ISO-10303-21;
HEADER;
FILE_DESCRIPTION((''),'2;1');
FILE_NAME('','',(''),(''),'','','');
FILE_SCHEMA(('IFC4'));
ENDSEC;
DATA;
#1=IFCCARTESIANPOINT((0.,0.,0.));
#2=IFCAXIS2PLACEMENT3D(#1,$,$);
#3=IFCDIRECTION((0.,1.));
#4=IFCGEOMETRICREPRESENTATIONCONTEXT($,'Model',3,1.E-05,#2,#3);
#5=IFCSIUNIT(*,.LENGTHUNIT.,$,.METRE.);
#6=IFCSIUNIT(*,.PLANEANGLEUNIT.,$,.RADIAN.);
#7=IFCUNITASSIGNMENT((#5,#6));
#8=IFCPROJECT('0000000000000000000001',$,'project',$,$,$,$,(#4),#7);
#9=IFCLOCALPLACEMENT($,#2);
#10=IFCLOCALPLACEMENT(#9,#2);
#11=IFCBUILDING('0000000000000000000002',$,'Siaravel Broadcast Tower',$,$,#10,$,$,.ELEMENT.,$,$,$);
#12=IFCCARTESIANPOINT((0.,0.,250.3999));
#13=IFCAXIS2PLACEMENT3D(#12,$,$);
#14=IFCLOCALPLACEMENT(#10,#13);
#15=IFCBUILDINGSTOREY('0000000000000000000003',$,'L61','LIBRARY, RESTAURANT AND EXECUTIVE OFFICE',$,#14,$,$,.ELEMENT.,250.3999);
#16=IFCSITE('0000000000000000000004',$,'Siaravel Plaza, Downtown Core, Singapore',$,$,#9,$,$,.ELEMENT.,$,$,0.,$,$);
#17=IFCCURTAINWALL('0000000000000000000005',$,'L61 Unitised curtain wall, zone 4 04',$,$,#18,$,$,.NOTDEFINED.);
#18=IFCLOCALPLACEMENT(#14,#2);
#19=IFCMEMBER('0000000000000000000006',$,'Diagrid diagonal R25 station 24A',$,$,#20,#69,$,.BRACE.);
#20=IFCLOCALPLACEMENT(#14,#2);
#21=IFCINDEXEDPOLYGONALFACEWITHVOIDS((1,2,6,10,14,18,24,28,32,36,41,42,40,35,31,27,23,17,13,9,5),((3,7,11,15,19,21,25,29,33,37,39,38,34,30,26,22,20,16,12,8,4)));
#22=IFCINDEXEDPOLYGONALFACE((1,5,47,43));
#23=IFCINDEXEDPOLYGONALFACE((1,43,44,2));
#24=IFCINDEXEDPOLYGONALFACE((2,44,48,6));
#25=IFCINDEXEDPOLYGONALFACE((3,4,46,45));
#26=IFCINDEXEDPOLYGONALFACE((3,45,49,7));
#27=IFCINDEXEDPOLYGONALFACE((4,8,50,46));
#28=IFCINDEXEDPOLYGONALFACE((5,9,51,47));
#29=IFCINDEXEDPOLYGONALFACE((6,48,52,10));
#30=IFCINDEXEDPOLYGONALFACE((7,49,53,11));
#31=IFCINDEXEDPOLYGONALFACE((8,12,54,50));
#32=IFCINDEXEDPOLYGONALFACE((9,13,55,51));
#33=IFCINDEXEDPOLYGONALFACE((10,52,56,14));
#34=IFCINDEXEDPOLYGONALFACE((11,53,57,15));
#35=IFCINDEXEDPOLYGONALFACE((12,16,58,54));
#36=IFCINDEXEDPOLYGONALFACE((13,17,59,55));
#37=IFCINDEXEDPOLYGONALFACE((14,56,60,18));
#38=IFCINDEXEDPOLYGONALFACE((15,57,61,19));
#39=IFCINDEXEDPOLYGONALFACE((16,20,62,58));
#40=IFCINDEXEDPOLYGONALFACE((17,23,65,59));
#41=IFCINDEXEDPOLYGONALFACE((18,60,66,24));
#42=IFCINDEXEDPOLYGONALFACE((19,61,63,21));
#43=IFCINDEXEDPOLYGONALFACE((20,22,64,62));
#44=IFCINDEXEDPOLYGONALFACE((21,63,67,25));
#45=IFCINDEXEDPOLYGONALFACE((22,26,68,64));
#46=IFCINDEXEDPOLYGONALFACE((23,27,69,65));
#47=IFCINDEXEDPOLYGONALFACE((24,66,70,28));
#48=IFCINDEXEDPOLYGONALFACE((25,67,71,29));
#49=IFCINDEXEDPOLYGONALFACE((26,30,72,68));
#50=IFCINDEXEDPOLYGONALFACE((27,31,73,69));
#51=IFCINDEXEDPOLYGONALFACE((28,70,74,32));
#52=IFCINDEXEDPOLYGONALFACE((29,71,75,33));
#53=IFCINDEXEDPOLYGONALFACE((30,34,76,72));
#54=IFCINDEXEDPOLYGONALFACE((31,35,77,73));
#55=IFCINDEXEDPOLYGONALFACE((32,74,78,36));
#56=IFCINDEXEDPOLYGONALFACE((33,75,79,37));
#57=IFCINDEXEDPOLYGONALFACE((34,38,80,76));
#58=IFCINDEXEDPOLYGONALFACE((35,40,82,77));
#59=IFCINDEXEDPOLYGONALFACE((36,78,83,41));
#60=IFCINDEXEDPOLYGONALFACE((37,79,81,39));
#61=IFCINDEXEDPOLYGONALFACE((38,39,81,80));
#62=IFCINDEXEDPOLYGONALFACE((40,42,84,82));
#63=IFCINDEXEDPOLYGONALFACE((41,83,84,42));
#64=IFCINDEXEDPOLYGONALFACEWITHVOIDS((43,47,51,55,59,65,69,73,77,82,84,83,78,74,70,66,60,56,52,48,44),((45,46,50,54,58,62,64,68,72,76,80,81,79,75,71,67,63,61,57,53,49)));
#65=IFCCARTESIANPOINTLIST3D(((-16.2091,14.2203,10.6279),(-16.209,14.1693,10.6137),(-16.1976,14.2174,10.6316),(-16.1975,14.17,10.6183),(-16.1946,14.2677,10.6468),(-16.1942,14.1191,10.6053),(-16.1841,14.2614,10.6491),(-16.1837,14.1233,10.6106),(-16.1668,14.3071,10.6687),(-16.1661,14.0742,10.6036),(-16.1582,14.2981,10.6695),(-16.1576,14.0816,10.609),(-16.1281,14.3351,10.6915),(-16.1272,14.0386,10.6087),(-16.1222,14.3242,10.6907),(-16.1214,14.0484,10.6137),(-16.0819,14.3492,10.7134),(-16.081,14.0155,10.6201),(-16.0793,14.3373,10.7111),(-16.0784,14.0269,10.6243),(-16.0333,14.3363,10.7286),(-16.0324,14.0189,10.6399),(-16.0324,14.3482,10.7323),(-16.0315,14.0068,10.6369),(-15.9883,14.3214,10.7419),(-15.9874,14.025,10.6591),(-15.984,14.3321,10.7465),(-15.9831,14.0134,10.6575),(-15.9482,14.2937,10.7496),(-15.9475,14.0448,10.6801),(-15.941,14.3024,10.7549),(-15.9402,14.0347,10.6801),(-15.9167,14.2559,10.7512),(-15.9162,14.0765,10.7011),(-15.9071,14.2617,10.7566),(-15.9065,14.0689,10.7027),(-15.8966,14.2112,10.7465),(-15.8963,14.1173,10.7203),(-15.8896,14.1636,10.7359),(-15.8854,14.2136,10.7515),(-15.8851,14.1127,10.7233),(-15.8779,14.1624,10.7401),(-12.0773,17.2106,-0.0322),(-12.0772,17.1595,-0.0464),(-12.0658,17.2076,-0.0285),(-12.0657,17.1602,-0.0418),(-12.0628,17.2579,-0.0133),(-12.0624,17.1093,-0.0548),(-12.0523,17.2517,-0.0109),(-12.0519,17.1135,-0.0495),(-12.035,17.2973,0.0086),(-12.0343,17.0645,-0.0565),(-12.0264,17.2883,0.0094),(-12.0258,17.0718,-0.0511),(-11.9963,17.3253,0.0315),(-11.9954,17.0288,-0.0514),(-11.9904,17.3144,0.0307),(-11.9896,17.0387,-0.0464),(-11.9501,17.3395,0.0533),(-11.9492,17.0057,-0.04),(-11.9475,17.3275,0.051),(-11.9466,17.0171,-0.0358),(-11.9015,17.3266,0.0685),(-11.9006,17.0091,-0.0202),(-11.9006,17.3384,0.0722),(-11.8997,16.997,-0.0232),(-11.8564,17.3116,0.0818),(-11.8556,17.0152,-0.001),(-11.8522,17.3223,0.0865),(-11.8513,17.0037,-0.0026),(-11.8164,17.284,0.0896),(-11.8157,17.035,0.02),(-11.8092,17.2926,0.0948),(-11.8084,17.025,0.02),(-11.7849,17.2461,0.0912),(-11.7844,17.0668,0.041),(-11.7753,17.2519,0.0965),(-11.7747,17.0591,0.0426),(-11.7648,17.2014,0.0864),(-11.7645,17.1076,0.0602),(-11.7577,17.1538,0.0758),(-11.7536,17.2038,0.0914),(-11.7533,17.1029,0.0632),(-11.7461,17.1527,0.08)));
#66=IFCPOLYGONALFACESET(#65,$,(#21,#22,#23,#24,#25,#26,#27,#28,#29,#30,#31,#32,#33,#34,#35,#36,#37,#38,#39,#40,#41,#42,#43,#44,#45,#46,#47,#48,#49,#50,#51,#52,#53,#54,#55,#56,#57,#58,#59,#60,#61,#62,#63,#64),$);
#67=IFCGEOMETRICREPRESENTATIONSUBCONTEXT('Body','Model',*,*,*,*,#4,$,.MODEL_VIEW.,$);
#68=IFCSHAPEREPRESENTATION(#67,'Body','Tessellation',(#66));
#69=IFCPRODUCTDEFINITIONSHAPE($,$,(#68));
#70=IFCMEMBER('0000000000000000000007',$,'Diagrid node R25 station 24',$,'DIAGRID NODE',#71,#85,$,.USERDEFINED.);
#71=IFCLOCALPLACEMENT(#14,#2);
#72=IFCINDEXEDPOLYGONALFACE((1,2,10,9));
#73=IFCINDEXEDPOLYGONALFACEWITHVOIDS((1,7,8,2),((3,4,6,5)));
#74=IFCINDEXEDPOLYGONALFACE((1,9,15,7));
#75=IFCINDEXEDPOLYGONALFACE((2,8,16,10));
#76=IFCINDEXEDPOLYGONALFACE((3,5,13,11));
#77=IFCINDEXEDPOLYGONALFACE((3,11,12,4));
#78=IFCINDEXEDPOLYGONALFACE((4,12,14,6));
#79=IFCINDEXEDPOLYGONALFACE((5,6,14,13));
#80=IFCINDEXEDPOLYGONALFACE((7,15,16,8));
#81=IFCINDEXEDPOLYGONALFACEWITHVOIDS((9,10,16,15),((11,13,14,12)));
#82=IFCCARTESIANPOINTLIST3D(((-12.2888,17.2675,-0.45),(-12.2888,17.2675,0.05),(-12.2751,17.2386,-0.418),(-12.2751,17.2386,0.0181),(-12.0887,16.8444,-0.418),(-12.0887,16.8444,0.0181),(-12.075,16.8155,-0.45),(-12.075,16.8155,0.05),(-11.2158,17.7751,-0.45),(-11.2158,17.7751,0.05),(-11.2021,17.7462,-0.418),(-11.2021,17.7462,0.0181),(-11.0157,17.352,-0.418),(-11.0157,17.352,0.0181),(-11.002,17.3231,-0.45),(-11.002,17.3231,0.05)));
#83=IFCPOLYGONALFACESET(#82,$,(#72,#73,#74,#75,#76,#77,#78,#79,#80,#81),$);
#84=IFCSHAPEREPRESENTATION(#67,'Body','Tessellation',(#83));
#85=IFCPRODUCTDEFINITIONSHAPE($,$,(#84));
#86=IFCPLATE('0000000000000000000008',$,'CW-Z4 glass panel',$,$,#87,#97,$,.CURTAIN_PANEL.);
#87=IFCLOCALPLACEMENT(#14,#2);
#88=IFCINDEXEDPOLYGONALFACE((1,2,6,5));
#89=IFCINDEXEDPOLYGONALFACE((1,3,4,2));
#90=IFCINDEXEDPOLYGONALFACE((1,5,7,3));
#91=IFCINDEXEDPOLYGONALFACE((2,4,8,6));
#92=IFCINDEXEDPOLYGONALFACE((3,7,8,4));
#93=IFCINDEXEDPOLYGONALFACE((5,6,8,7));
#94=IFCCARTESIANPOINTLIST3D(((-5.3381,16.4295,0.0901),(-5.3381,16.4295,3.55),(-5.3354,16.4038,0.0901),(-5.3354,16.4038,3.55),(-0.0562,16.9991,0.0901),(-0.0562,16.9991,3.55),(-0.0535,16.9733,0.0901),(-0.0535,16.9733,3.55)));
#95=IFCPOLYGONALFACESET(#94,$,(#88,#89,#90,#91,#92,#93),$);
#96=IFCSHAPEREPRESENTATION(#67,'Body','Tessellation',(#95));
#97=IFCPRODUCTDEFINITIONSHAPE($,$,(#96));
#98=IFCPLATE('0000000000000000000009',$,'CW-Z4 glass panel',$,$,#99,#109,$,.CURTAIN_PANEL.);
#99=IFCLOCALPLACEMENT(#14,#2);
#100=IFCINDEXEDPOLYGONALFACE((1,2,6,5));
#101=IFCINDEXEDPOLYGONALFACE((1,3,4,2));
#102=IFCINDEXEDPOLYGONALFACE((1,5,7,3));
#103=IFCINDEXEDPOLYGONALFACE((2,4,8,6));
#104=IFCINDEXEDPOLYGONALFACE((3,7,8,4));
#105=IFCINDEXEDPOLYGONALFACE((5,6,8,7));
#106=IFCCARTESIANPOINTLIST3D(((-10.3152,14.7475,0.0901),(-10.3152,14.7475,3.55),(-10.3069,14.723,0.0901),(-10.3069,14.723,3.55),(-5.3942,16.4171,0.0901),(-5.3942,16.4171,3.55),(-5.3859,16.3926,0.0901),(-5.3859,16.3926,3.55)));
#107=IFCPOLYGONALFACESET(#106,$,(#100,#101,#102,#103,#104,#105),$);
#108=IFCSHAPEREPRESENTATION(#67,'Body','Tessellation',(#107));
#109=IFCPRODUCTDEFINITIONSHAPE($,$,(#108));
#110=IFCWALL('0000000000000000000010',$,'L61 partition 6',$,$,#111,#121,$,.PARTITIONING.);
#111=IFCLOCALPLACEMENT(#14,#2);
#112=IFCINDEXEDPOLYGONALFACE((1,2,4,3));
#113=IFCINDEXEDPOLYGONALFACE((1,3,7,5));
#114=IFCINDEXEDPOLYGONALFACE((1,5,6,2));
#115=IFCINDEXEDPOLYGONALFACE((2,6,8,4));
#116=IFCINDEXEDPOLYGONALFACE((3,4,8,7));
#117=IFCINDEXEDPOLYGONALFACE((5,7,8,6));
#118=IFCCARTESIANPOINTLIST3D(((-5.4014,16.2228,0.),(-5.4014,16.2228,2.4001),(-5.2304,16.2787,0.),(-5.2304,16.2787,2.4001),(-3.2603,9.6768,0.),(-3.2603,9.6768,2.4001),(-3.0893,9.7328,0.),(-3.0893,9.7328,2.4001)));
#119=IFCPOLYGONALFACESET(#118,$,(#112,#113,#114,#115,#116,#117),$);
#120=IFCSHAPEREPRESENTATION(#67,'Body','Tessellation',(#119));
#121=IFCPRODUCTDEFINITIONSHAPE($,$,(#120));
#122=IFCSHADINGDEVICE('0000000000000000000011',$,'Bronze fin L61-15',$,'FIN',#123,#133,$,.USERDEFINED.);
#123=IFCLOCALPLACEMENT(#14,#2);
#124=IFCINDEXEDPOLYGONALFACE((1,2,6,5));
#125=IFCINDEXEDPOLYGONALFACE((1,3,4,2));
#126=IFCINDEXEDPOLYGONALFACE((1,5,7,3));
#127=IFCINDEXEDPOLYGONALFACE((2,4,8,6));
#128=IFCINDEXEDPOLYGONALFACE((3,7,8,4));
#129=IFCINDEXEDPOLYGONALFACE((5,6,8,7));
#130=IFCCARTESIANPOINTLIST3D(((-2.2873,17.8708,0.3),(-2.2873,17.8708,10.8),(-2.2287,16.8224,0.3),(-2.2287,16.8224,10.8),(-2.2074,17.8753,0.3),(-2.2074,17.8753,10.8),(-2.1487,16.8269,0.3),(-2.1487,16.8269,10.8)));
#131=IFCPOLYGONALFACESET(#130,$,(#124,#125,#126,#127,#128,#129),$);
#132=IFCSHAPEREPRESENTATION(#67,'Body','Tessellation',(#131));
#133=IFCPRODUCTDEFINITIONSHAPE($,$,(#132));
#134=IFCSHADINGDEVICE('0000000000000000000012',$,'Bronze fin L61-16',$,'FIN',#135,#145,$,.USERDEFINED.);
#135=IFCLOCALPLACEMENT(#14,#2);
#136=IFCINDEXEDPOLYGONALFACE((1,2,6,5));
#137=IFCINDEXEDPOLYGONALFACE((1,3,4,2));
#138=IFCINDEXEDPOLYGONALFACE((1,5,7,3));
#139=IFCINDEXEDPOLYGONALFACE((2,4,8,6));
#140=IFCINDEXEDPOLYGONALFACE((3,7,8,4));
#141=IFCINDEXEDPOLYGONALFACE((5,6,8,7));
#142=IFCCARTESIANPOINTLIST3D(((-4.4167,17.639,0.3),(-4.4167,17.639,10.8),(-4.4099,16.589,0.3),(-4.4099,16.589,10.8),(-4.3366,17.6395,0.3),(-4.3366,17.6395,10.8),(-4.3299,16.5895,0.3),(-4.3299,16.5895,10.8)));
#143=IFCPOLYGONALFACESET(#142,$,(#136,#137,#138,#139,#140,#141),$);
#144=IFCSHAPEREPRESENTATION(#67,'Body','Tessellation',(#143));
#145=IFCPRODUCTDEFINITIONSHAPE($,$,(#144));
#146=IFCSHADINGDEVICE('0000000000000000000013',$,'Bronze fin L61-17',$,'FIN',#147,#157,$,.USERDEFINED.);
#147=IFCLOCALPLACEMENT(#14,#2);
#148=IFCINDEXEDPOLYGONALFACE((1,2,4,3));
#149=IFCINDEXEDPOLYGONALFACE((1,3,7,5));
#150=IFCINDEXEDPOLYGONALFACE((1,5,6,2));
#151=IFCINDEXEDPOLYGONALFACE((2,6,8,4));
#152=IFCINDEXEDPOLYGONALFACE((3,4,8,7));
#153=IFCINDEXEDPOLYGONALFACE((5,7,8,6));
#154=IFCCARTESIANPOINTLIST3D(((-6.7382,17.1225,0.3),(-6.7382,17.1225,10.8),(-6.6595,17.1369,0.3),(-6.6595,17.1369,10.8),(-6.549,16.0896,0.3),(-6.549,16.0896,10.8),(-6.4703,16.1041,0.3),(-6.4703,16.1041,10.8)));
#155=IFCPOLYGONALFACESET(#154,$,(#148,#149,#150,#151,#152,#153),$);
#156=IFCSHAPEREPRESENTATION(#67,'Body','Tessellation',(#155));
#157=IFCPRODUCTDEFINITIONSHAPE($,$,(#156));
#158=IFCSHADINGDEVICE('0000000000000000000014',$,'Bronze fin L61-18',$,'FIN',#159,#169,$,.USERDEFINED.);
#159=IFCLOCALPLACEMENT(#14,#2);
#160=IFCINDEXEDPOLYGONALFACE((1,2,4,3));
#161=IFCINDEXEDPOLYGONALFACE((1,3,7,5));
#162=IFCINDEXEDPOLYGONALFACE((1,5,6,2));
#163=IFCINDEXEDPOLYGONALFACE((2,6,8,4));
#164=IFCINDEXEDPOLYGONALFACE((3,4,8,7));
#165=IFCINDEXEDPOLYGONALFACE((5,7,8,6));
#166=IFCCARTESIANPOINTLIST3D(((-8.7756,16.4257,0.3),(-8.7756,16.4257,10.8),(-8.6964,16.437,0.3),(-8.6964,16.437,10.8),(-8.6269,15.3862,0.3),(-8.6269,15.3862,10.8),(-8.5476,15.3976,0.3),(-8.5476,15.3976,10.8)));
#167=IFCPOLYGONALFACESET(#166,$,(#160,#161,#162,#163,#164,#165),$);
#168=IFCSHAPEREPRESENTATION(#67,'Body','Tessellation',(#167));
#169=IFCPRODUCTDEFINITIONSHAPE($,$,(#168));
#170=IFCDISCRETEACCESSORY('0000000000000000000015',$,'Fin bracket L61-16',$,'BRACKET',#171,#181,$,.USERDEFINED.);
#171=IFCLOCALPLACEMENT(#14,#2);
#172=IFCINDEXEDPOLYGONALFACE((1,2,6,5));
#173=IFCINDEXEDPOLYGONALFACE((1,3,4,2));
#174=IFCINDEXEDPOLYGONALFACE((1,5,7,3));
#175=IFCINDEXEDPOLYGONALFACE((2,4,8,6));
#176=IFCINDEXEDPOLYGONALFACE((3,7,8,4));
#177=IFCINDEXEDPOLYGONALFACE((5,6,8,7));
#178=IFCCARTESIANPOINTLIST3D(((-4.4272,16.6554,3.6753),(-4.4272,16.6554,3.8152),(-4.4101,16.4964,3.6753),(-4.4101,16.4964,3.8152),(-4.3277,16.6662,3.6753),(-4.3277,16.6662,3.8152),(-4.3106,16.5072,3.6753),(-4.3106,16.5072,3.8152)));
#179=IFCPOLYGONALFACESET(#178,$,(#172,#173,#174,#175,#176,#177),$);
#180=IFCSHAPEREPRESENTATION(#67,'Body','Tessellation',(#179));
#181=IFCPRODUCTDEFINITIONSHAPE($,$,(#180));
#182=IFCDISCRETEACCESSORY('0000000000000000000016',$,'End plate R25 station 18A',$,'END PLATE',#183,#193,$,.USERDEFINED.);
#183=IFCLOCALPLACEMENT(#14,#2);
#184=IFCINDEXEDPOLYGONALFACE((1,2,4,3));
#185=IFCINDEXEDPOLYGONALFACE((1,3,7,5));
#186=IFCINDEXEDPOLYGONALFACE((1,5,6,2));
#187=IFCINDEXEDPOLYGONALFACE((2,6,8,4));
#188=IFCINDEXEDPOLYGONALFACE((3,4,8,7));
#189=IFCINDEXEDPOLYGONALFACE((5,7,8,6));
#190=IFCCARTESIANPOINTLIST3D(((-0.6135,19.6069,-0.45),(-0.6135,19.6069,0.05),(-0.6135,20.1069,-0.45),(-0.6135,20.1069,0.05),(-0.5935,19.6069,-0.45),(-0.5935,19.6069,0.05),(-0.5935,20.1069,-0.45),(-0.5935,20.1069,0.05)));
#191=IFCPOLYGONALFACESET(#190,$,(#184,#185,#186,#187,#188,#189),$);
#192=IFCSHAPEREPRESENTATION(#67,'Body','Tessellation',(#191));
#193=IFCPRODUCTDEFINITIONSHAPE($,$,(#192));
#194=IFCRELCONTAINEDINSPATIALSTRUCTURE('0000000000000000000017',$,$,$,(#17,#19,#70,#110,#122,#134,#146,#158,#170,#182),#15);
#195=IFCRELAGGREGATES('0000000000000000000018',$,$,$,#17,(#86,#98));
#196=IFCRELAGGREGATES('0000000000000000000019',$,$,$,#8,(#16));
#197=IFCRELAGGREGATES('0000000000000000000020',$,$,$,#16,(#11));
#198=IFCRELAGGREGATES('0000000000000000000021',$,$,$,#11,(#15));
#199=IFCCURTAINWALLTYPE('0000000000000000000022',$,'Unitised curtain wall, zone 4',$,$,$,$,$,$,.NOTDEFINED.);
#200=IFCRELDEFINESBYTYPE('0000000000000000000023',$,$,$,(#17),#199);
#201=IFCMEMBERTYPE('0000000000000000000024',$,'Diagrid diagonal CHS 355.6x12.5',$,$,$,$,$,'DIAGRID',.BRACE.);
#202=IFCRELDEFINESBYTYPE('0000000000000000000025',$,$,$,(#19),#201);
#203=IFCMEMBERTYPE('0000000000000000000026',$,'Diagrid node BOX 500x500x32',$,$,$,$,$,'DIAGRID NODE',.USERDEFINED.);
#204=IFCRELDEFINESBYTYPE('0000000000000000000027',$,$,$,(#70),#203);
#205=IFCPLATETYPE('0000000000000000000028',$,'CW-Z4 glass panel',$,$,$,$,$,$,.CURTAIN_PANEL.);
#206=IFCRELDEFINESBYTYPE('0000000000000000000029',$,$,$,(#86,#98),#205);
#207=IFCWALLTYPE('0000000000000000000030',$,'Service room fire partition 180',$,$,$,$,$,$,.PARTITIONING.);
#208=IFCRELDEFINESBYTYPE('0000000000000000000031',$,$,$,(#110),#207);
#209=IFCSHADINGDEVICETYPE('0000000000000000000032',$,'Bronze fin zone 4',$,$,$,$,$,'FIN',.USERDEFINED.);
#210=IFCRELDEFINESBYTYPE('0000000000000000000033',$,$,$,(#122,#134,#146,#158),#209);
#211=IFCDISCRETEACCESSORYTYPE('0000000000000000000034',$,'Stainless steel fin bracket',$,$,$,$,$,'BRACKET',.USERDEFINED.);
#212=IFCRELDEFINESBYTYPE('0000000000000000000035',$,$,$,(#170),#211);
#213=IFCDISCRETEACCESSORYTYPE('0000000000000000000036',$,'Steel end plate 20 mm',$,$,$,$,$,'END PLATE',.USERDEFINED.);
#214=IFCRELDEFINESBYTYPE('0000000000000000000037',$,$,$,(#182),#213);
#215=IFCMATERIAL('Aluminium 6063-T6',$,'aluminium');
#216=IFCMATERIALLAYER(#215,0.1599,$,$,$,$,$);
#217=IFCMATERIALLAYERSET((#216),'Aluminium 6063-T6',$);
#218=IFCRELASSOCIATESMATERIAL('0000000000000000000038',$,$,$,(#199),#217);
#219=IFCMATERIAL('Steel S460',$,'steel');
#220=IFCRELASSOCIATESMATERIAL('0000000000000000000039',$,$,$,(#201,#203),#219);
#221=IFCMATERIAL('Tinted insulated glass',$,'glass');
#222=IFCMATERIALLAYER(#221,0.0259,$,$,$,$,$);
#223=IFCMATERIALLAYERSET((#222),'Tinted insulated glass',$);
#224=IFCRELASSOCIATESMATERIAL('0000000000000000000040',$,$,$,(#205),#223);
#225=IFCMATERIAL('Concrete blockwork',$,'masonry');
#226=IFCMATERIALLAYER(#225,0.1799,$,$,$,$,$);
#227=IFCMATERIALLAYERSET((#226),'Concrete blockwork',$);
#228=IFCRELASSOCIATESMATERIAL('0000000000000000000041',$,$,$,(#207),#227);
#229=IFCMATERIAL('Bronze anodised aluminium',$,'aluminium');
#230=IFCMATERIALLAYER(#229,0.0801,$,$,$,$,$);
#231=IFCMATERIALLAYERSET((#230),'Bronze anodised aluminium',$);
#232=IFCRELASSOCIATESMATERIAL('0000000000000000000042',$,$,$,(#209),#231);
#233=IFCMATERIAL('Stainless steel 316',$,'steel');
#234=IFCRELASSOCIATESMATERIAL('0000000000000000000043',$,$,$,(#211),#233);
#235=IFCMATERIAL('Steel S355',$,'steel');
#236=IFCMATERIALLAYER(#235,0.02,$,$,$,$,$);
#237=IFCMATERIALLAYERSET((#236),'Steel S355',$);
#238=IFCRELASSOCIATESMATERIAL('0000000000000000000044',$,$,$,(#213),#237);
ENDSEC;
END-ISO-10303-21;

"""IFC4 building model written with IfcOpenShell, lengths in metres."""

from ifc_helpers import new_model, si_unit, direction, frame, frame_2d, origin, origin_2d, place, context, subcontext, project, spatial, rectangle, hollow_rectangle, hollow_circle, extrude, material, layer, layer_set, material_profile, profile_set, type_object, element, aggregate, save


model = new_model("IFC4")

# Units and contexts
model_context = context("Model", 3, precision=1e-05, world=origin(), true_north=direction((0.0, 1.0)))
body_context = subcontext(model_context, "Body", "Model", "MODEL_VIEW")
ifc_project = project(units=[si_unit("LENGTHUNIT", "METRE"), si_unit("PLANEANGLEUNIT", "RADIAN")], contexts=[model_context])

# Site, building, storey
site_placement = place(None, origin())
site = spatial("IfcSite", under=ifc_project, at=site_placement, Name="Siaravel Plaza, Downtown Core, Singapore", CompositionType="ELEMENT", RefElevation=0.0)
building_placement = place(site_placement, origin())
building = spatial("IfcBuilding", under=site, at=building_placement, Name="Siaravel Broadcast Tower", CompositionType="ELEMENT")
storey_placement = place(building_placement, frame((0.0, 0.0, 250.3999)))
storey = spatial("IfcBuildingStorey", under=building, at=storey_placement, Name="L61", Description="LIBRARY, RESTAURANT AND EXECUTIVE OFFICE", CompositionType="ELEMENT", Elevation=250.3999)

# Shared definitions
ifc_material_1 = material(Name="Steel S355", Category="steel")

# Curtain wall
ifc_material_2 = material(Name="Aluminium 6063-T6", Category="aluminium")
ifc_layer_1 = layer(ifc_material_2, 0.1599)
ifc_layer_set_1 = layer_set([ifc_layer_1], Name="Aluminium 6063-T6")
curtain_wall_type = type_object("IfcCurtainWallType", Name="Unitised curtain wall, zone 4", PredefinedType="NOTDEFINED", material=ifc_layer_set_1)
curtain_wall_placement = place(storey_placement, origin())
curtain_wall = element("IfcCurtainWall", 1, at=curtain_wall_placement, inside=storey, type_object=curtain_wall_type, Name="L61 Unitised curtain wall, zone 4 04", PredefinedType="NOTDEFINED")

# Members
ifc_material_3 = material(Name="Steel S460", Category="steel")
ifc_material_profile_1 = material_profile(ifc_material_3, hollow_circle(Radius=0.1777, WallThickness=0.0125, at=origin_2d()))
ifc_profile_set_1 = profile_set([ifc_material_profile_1], Name="Steel S460")
member_type_1 = type_object("IfcMemberType", Name="Diagrid diagonal CHS 355.6x12.5", ElementType="DIAGRID", PredefinedType="BRACE", material=ifc_profile_set_1)
member_1_placement = place(storey_placement, frame((-11.9126, 17.1689, 0.02), z_axis=(-0.349638, -0.253035, 0.902068), x_axis=(0.58628, -0.810108, 0.0)))
element("IfcMember", 2, at=member_1_placement, inside=storey, type_object=member_type_1, Name="Diagrid diagonal R25 station 24A", PredefinedType="BRACE", context=body_context, shape_type="SweptSolid", body=[
    extrude(hollow_circle(Radius=0.1777, WallThickness=0.0125, at=origin_2d()), origin(), (0.0, 0.0, 1.0), 11.8174),
])
ifc_material_profile_2 = material_profile(ifc_material_3, hollow_rectangle(XDim=0.5, YDim=0.5, WallThickness=0.032, at=origin_2d()))
ifc_profile_set_2 = profile_set([ifc_material_profile_2], Name="Steel S460")
member_type_2 = type_object("IfcMemberType", Name="Diagrid node BOX 500x500x32", ElementType="DIAGRID NODE", PredefinedType="USERDEFINED", material=ifc_profile_set_2)
member_2_placement = place(storey_placement, frame((-11.1089, 17.5491, -0.2), z_axis=(-0.903964, -0.427609, 0.0), x_axis=(0.427609, -0.903964, 0.0)))
element("IfcMember", 3, at=member_2_placement, inside=storey, type_object=member_type_2, Name="Diagrid node R25 station 24", ObjectType="DIAGRID NODE", PredefinedType="USERDEFINED", context=body_context, shape_type="SweptSolid", body=[
    extrude(hollow_rectangle(XDim=0.5, YDim=0.5, WallThickness=0.032, at=origin_2d()), origin(), (0.0, 0.0, 1.0), 1.187),
])

# Plates
ifc_material_4 = material(Name="Tinted insulated glass", Category="glass")
ifc_layer_2 = layer(ifc_material_4, 0.0259)
ifc_layer_set_2 = layer_set([ifc_layer_2], Name="Tinted insulated glass")
plate_type = type_object("IfcPlateType", Name="CW-Z4 glass panel", PredefinedType="CURTAIN_PANEL", material=ifc_layer_set_2)
plate_1_placement = place(storey_placement, frame((-2.6958, 16.7014, 0.0901), z_axis=(0.0, 0.0, 1.0), x_axis=(-0.994236, -0.107218, 0.0)))
plate_1 = element("IfcPlate", 4, at=plate_1_placement, type_object=plate_type, Name="CW-Z4 glass panel", PredefinedType="CURTAIN_PANEL", context=body_context, shape_type="SweptSolid", body=[
    extrude(rectangle(XDim=5.3125, YDim=0.0259, at=origin_2d()), origin(), (0.0, 0.0, 1.0), 3.46),
])
plate_2_placement = place(storey_placement, frame((-7.8506, 15.5701, 0.0901), z_axis=(0.0, 0.0, 1.0), x_axis=(-0.946977, -0.321302, 0.0)))
plate_2 = element("IfcPlate", 5, at=plate_2_placement, type_object=plate_type, Name="CW-Z4 glass panel", PredefinedType="CURTAIN_PANEL", context=body_context, shape_type="SweptSolid", body=[
    extrude(rectangle(XDim=5.1965, YDim=0.0259, at=origin_2d()), origin(), (0.0, 0.0, 1.0), 3.46),
])
aggregate(curtain_wall, [plate_1, plate_2])

# Wall
ifc_material_5 = material(Name="Concrete blockwork", Category="masonry")
ifc_layer_3 = layer(ifc_material_5, 0.1799)
ifc_layer_set_3 = layer_set([ifc_layer_3], Name="Concrete blockwork")
wall_type = type_object("IfcWallType", Name="Service room fire partition 180", PredefinedType="PARTITIONING", material=ifc_layer_set_3)
wall_placement = place(storey_placement, frame((-5.3159, 16.2507, 0.0), z_axis=(0.0, 0.0, 1.0), x_axis=(0.310884, -0.950448, 0.0)))
element("IfcWall", 6, at=wall_placement, inside=storey, type_object=wall_type, Name="L61 partition 6", PredefinedType="PARTITIONING", context=body_context, shape_type="SweptSolid", body=[
    extrude(rectangle(XDim=6.8872, YDim=0.1799, at=frame_2d((3.4436, 0.0))), origin(), (0.0, 0.0, 1.0), 2.4001),
])

# Shading devices
ifc_material_6 = material(Name="Bronze anodised aluminium", Category="aluminium")
ifc_layer_4 = layer(ifc_material_6, 0.0801)
ifc_layer_set_4 = layer_set([ifc_layer_4], Name="Bronze anodised aluminium")
shading_device_type = type_object("IfcShadingDeviceType", Name="Bronze fin zone 4", ElementType="FIN", PredefinedType="USERDEFINED", material=ifc_layer_set_4)
for number, where, z_axis, x_axis, name in (
    (7, (-2.218, 17.3489, 0.3), (0.0, 0.0, 1.0), (-0.055874, 0.998438, 0.0), "Bronze fin L61-15"),
    (8, (-4.3733, 17.1143, 0.3), (0.0, 0.0, 1.0), (-0.006451, 0.999979, 0.0), "Bronze fin L61-16"),
    (9, (-6.6042, 16.6133, 0.3), (0.0, 0.0, 1.0), (-0.180166, 0.983636, 0.0), "Bronze fin L61-17"),
    (10, (-8.6616, 15.9116, 0.3), (0.0, 0.0, 1.0), (-0.141682, 0.989912, 0.0), "Bronze fin L61-18"),
):
    element("IfcShadingDevice", number, at=place(storey_placement, frame(where, z_axis=z_axis, x_axis=x_axis)), inside=storey, type_object=shading_device_type, Name=name, ObjectType="FIN", PredefinedType="USERDEFINED", context=body_context, shape_type="SweptSolid", body=[
        extrude(rectangle(XDim=1.05, YDim=0.0801, at=origin_2d()), origin(), (0.0, 0.0, 1.0), 10.5),
    ])

# Discrete accessories
ifc_material_7 = material(Name="Stainless steel 316", Category="steel")
discrete_accessory_type_1 = type_object("IfcDiscreteAccessoryType", Name="Stainless steel fin bracket", ElementType="BRACKET", PredefinedType="USERDEFINED", material=ifc_material_7)
discrete_accessory_placement = place(storey_placement, frame((-4.3689, 16.5813, 3.6753), z_axis=(0.0, 0.0, 1.0), x_axis=(-0.107219, 0.994235, 0.0)))
element("IfcDiscreteAccessory", 11, at=discrete_accessory_placement, inside=storey, type_object=discrete_accessory_type_1, Name="Fin bracket L61-16", ObjectType="BRACKET", PredefinedType="USERDEFINED", context=body_context, shape_type="SweptSolid", body=[
    extrude(rectangle(XDim=0.1599, YDim=0.1001, at=origin_2d()), origin(), (0.0, 0.0, 1.0), 0.1399),
])
ifc_layer_5 = layer(ifc_material_1, 0.02)
ifc_layer_set_5 = layer_set([ifc_layer_5], Name="Steel S355")
discrete_accessory_type_2 = type_object("IfcDiscreteAccessoryType", Name="Steel end plate 20 mm", ElementType="END PLATE", PredefinedType="USERDEFINED", material=ifc_layer_set_5)
for number, where, z_axis, x_axis, name in (
    (12, (-0.6035, 19.8569, -0.45), (0.0, 0.0, 1.0), (-1.0, 0.0, 0.0), "End plate R25 station 18A"),
):
    element("IfcDiscreteAccessory", number, at=place(storey_placement, frame(where, z_axis=z_axis, x_axis=x_axis)), inside=storey, type_object=discrete_accessory_type_2, Name=name, ObjectType="END PLATE", PredefinedType="USERDEFINED", context=body_context, shape_type="SweptSolid", body=[
        extrude(rectangle(XDim=0.02, YDim=0.5, at=origin_2d()), origin(), (0.0, 0.0, 1.0), 0.5),
    ])

save(model, "model.ifc")
